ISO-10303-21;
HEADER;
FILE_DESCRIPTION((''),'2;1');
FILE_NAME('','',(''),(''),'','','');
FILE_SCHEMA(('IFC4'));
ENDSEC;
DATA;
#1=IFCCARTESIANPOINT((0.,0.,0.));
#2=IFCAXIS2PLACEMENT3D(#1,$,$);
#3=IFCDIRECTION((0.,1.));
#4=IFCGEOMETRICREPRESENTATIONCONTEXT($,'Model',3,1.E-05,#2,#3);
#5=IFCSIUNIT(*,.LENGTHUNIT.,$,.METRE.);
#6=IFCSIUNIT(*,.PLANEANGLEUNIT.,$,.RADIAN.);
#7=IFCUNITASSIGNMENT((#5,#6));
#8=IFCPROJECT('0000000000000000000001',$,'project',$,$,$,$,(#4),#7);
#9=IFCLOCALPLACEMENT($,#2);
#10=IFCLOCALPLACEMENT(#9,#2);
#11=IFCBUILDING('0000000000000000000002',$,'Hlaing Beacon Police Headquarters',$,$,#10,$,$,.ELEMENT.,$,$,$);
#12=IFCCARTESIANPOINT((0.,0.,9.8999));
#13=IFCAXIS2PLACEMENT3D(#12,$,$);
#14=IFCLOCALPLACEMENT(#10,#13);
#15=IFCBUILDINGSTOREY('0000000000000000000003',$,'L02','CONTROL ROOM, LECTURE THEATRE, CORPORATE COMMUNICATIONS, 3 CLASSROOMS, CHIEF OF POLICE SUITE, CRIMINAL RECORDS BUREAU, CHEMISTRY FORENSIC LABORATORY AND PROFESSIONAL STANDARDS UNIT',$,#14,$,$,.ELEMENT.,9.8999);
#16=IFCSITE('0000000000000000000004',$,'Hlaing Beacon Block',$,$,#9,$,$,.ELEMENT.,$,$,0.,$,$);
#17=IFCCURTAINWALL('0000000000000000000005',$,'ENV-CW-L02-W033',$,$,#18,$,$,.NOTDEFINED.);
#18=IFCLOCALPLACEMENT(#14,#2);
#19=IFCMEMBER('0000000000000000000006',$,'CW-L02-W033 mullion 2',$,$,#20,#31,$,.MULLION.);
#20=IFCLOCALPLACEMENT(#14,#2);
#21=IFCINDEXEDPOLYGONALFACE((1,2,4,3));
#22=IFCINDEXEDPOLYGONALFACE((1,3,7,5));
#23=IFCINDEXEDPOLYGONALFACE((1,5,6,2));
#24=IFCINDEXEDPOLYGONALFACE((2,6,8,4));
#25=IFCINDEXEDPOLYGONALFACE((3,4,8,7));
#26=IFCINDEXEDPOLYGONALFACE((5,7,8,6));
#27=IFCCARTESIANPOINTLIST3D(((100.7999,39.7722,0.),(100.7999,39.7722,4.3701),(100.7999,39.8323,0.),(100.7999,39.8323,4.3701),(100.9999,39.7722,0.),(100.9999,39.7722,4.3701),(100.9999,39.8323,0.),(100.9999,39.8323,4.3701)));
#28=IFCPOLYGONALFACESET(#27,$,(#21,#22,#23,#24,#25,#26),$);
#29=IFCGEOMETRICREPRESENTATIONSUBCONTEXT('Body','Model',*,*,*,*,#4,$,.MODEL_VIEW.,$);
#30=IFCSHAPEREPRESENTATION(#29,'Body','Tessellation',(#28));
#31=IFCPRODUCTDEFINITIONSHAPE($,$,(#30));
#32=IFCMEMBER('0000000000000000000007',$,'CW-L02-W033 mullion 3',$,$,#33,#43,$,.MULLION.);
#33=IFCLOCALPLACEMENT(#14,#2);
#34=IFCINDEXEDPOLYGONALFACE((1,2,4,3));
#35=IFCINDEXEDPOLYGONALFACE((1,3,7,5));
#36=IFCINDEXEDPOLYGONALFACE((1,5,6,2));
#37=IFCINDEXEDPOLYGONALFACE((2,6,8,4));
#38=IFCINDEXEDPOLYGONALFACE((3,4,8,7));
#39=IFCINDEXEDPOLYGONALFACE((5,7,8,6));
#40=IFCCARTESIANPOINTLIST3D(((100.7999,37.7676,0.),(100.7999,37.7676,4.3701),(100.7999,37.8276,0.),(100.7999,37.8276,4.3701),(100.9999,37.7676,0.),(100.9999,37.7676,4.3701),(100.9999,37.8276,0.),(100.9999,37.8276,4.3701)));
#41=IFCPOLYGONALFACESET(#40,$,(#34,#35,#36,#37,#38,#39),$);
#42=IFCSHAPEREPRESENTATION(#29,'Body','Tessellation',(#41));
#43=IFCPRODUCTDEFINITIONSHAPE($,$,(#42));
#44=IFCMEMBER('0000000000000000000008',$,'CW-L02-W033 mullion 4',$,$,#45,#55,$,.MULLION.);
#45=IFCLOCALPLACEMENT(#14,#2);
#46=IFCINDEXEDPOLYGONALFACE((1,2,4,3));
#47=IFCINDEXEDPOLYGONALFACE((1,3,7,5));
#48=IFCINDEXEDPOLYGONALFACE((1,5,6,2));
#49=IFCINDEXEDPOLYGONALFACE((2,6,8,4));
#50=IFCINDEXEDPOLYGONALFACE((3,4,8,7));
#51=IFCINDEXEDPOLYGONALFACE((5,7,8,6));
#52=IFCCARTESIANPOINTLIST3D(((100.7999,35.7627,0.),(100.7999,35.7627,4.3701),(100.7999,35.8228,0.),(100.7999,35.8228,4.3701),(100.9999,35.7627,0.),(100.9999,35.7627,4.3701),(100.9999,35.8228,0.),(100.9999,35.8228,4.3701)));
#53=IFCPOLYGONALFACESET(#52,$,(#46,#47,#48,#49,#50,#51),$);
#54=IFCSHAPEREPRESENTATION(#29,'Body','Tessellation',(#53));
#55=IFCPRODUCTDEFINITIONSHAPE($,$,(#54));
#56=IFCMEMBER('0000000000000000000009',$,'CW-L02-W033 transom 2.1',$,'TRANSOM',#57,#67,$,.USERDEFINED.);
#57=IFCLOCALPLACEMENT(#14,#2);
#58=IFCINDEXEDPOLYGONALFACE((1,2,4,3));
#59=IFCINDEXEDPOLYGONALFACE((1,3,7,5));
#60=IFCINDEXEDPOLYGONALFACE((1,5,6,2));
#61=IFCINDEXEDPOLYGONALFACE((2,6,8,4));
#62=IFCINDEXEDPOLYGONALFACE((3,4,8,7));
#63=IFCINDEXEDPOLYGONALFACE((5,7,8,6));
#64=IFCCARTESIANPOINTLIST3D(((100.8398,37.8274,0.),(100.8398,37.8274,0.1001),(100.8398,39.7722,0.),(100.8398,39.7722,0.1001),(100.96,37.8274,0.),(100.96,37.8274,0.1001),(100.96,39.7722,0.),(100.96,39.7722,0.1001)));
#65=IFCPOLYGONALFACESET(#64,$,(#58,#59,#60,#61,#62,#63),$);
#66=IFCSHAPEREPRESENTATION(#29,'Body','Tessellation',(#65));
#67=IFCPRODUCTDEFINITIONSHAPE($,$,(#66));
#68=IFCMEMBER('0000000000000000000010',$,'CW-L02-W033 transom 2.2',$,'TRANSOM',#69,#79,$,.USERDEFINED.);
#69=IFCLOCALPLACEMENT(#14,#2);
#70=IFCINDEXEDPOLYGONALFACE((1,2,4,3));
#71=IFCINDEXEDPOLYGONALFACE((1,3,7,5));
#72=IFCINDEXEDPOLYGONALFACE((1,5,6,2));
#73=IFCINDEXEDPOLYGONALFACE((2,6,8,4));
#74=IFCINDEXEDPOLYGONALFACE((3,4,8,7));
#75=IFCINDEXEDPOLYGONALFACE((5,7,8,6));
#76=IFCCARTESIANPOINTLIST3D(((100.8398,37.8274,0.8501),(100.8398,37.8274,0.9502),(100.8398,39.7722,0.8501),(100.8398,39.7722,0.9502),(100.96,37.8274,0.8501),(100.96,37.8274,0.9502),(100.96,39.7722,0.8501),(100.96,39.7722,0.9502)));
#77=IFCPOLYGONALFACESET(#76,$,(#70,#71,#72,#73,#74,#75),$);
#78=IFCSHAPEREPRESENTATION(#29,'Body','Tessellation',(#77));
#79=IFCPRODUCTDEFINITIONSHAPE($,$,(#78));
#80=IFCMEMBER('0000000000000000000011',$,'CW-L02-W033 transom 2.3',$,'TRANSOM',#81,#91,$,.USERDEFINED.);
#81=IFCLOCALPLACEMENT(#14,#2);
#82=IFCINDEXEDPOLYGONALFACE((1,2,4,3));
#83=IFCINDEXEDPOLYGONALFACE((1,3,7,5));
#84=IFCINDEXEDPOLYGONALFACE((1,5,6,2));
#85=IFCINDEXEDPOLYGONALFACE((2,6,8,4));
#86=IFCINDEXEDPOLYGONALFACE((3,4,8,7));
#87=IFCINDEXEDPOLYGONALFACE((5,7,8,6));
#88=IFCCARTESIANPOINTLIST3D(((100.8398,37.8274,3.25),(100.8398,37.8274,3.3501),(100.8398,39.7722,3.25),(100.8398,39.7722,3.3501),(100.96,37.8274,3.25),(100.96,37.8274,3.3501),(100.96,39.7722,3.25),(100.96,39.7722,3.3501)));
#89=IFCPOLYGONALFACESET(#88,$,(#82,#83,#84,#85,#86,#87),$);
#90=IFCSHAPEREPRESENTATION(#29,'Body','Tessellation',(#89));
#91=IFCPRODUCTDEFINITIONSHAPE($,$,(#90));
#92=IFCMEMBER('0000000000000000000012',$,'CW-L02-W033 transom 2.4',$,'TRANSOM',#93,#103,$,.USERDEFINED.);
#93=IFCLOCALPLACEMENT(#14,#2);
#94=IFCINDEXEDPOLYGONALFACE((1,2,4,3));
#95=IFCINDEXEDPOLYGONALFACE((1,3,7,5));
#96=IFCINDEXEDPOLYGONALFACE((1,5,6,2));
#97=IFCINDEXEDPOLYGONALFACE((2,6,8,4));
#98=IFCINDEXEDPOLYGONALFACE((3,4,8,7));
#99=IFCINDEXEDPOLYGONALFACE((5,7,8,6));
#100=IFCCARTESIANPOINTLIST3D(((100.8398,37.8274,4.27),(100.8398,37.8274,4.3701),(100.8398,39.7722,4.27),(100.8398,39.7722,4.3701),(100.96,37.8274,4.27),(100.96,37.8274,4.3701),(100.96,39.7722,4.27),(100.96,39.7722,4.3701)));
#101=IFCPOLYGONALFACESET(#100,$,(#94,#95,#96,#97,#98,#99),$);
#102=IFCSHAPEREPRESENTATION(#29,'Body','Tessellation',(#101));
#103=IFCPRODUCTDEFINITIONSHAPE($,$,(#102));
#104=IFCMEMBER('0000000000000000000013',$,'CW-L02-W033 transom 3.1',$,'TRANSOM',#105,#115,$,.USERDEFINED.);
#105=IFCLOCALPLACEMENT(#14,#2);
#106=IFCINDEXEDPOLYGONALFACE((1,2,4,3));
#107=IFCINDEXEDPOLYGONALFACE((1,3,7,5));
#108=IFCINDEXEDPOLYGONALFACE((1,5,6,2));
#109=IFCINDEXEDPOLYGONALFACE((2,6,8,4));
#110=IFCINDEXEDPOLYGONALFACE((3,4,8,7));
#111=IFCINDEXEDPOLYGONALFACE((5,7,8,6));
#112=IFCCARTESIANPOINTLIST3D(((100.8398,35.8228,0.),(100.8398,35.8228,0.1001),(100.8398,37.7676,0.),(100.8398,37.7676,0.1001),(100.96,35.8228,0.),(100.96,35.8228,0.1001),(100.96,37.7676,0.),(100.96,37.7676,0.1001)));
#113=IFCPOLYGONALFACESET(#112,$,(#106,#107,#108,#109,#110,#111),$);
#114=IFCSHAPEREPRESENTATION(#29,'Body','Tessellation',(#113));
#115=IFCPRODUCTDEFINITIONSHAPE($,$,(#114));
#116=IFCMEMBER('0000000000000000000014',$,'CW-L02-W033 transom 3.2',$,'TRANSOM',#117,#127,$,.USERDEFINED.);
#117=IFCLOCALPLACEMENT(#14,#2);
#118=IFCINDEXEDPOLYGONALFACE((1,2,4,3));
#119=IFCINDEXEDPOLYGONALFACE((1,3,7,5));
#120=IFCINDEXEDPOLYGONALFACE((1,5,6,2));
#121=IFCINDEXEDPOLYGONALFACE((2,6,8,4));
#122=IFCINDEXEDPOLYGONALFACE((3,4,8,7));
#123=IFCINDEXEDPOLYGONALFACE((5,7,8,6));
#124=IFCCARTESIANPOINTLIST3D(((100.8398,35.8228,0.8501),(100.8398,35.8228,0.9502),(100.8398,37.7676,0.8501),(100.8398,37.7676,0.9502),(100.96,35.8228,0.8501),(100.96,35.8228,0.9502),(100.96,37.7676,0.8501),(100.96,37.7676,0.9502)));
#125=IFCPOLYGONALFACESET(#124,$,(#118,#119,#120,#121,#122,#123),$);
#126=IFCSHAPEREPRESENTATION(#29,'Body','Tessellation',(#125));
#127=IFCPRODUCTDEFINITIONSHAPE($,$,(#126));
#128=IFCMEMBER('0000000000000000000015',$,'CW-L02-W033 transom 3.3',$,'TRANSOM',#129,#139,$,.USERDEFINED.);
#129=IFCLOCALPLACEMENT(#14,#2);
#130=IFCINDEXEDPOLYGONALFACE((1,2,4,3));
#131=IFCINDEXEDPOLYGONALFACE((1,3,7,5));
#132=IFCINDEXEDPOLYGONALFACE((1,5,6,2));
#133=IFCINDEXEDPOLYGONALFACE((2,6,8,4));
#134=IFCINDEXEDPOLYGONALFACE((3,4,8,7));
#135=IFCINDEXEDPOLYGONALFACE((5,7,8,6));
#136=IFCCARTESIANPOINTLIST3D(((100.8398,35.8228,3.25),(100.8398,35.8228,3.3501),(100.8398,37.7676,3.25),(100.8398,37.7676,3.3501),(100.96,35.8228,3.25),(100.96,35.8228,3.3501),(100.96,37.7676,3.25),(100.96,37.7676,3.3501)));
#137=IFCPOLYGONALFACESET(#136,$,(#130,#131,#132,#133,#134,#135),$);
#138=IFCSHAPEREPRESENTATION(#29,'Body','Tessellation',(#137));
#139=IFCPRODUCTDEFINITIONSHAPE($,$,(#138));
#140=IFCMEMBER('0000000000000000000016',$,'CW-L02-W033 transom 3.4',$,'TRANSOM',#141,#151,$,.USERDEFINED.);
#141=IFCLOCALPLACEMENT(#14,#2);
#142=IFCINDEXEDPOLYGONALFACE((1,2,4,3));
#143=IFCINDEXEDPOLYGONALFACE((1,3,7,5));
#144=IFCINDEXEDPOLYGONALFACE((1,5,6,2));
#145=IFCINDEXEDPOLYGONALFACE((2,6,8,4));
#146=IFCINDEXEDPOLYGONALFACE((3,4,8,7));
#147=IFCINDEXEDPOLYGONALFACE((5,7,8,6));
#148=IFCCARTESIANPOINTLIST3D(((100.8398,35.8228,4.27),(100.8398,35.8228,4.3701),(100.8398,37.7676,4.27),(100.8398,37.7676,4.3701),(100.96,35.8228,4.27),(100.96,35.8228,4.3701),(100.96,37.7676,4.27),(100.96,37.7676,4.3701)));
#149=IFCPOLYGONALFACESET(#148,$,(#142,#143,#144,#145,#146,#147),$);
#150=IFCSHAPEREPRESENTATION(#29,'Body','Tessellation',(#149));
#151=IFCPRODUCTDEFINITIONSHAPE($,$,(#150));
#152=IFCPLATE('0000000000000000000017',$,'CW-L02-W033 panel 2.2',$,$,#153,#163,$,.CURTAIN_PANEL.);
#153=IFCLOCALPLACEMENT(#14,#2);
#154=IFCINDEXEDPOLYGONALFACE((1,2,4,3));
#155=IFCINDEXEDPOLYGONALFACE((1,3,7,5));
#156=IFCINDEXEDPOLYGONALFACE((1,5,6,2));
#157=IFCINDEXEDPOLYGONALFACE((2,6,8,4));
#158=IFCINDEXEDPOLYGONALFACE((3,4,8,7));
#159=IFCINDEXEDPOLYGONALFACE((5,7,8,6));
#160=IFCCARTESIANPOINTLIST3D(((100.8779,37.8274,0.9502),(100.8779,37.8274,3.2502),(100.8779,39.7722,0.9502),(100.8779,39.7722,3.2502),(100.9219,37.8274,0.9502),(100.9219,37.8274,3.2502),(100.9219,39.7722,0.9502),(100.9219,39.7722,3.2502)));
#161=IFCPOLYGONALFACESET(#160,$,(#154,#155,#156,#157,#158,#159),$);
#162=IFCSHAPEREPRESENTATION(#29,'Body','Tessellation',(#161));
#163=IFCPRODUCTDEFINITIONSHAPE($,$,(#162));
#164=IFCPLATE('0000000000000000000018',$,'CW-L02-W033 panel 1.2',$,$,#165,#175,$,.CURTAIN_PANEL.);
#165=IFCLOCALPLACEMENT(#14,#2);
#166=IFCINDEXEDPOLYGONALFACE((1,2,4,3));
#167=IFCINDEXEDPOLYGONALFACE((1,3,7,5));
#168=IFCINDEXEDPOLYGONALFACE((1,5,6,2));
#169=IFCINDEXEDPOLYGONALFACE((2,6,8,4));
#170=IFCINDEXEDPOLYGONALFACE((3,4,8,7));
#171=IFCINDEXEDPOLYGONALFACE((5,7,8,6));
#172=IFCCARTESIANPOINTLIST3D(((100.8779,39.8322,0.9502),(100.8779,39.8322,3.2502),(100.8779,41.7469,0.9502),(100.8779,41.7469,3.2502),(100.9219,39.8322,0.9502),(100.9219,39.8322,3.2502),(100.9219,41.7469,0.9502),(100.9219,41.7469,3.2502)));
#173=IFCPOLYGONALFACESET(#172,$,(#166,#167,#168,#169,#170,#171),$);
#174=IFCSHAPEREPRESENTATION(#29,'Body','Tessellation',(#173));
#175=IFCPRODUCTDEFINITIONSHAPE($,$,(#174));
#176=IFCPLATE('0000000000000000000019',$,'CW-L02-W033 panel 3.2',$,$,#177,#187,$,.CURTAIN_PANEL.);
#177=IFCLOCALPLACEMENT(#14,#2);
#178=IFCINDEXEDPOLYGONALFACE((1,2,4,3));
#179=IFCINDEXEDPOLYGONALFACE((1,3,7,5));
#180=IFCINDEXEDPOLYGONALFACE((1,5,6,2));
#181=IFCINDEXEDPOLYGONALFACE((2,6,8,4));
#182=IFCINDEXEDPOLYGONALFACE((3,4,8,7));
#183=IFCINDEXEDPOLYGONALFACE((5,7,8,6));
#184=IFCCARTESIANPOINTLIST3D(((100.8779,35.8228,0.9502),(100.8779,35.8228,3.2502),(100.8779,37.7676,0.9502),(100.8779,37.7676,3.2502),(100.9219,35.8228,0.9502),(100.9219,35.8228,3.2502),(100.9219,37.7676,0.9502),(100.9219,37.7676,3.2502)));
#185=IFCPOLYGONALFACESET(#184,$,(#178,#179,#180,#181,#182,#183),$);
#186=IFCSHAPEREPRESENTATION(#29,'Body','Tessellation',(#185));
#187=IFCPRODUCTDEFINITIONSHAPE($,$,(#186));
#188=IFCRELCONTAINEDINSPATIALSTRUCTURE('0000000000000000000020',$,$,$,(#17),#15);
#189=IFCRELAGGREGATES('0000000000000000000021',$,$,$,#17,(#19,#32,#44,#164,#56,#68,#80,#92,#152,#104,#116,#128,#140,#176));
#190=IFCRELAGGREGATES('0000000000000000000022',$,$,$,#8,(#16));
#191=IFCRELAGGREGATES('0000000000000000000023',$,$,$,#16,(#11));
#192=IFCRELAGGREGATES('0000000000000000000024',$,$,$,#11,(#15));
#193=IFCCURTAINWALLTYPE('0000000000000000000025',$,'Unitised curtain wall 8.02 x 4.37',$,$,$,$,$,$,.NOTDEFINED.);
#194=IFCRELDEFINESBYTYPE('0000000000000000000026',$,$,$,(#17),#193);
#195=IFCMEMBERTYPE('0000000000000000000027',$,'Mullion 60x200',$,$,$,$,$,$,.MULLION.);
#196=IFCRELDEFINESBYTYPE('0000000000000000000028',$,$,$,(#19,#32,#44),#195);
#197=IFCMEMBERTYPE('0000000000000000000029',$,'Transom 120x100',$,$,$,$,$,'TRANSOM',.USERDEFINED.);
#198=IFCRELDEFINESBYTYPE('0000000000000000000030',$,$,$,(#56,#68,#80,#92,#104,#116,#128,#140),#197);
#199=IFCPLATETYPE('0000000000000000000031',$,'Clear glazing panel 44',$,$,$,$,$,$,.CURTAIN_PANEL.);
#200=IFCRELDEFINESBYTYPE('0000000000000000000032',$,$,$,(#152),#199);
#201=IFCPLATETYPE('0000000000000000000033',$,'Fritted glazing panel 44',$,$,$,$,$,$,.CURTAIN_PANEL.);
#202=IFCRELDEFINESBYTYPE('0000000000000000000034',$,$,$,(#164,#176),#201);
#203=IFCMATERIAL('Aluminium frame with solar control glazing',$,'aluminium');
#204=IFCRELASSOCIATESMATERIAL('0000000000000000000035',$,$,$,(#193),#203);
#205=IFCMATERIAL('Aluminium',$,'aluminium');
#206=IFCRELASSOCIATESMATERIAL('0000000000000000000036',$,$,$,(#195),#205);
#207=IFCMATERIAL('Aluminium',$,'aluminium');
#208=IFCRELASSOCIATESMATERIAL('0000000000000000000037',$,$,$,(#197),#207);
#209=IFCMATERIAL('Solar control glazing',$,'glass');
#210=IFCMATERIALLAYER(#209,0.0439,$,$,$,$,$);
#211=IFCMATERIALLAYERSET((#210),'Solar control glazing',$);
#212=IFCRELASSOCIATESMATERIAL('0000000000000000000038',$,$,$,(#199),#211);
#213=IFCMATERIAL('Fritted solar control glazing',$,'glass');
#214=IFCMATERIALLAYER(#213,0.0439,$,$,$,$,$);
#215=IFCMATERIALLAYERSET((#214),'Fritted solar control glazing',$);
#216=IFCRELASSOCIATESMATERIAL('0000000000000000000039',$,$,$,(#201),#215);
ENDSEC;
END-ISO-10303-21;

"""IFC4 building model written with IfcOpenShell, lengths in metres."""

from ifc_helpers import new_model, si_unit, direction, frame, origin, origin_2d, place, context, subcontext, project, spatial, rectangle, extrude, material, layer, layer_set, material_profile, profile_set, type_object, element, aggregate, save


model = new_model("IFC4")

# Units and contexts
model_context = context("Model", 3, precision=1e-05, world=origin(), true_north=direction((0.0, 1.0)))
body_context = subcontext(model_context, "Body", "Model", "MODEL_VIEW")
ifc_project = project(units=[si_unit("LENGTHUNIT", "METRE"), si_unit("PLANEANGLEUNIT", "RADIAN")], contexts=[model_context])

# Site, building, storey
site_placement = place(None, origin())
site = spatial("IfcSite", under=ifc_project, at=site_placement, Name="Hlaing Beacon Block", CompositionType="ELEMENT", RefElevation=0.0)
building_placement = place(site_placement, origin())
building = spatial("IfcBuilding", under=site, at=building_placement, Name="Hlaing Beacon Police Headquarters", CompositionType="ELEMENT")
storey_placement = place(building_placement, frame((0.0, 0.0, 9.8999)))
storey = spatial("IfcBuildingStorey", under=building, at=storey_placement, Name="L02", Description="CONTROL ROOM, LECTURE THEATRE, CORPORATE COMMUNICATIONS, 3 CLASSROOMS, CHIEF OF POLICE SUITE, CRIMINAL RECORDS BUREAU, CHEMISTRY FORENSIC LABORATORY AND PROFESSIONAL STANDARDS UNIT", CompositionType="ELEMENT", Elevation=9.8999)

# Curtain wall, members, plates
ifc_material_1 = material(Name="Aluminium frame with solar control glazing", Category="aluminium")
curtain_wall_type = type_object("IfcCurtainWallType", Name="Unitised curtain wall 8.02 x 4.37", PredefinedType="NOTDEFINED", material=ifc_material_1)
curtain_wall_placement = place(storey_placement, origin())
curtain_wall = element("IfcCurtainWall", 1, at=curtain_wall_placement, inside=storey, type_object=curtain_wall_type, Name="ENV-CW-L02-W033", PredefinedType="NOTDEFINED")
ifc_material_2 = material(Name="Aluminium", Category="aluminium")
ifc_material_profile_1 = material_profile(ifc_material_2, rectangle(XDim=0.2, YDim=0.0601, at=origin_2d()), Name="Mullion 60x200")
ifc_profile_set_1 = profile_set([ifc_material_profile_1], Name="Aluminium")
member_type_1 = type_object("IfcMemberType", Name="Mullion 60x200", PredefinedType="MULLION", material=ifc_profile_set_1)
member_1_placement = place(storey_placement, frame((100.8999, 39.8022, 0.0), z_axis=(0.0, 0.0, 1.0), x_axis=(1.0, 0.0, 0.0)))
member_1 = element("IfcMember", 2, at=member_1_placement, type_object=member_type_1, Name="CW-L02-W033 mullion 2", PredefinedType="MULLION", context=body_context, shape_type="SweptSolid", body=[
    extrude(rectangle(XDim=0.2, YDim=0.0601, at=origin_2d()), origin(), (0.0, 0.0, 1.0), 4.3701),
])
member_2_placement = place(storey_placement, frame((100.8999, 37.7976, 0.0), z_axis=(0.0, 0.0, 1.0), x_axis=(1.0, 0.0, 0.0)))
member_2 = element("IfcMember", 3, at=member_2_placement, type_object=member_type_1, Name="CW-L02-W033 mullion 3", PredefinedType="MULLION", context=body_context, shape_type="SweptSolid", body=[
    extrude(rectangle(XDim=0.2, YDim=0.0601, at=origin_2d()), origin(), (0.0, 0.0, 1.0), 4.3701),
])
member_3_placement = place(storey_placement, frame((100.8999, 35.7927, 0.0), z_axis=(0.0, 0.0, 1.0), x_axis=(1.0, 0.0, 0.0)))
member_3 = element("IfcMember", 4, at=member_3_placement, type_object=member_type_1, Name="CW-L02-W033 mullion 4", PredefinedType="MULLION", context=body_context, shape_type="SweptSolid", body=[
    extrude(rectangle(XDim=0.2, YDim=0.0601, at=origin_2d()), origin(), (0.0, 0.0, 1.0), 4.3701),
])
ifc_material_3 = material(Name="Aluminium", Category="aluminium")
ifc_material_profile_2 = material_profile(ifc_material_3, rectangle(XDim=0.1201, YDim=0.1001, at=origin_2d()), Name="Transom 120x100")
ifc_profile_set_2 = profile_set([ifc_material_profile_2], Name="Aluminium")
member_type_2 = type_object("IfcMemberType", Name="Transom 120x100", ElementType="TRANSOM", PredefinedType="USERDEFINED", material=ifc_profile_set_2)
member_4_placement = place(storey_placement, frame((100.8999, 39.7722, 0.05), z_axis=(0.0, -1.0, 0.0), x_axis=(1.0, 0.0, 0.0)))
member_4 = element("IfcMember", 5, at=member_4_placement, type_object=member_type_2, Name="CW-L02-W033 transom 2.1", ObjectType="TRANSOM", PredefinedType="USERDEFINED", context=body_context, shape_type="SweptSolid", body=[
    extrude(rectangle(XDim=0.1201, YDim=0.1001, at=origin_2d()), origin(), (0.0, 0.0, 1.0), 1.9448),
])
member_5_placement = place(storey_placement, frame((100.8999, 39.7722, 0.9001), z_axis=(0.0, -1.0, 0.0), x_axis=(1.0, 0.0, 0.0)))
member_5 = element("IfcMember", 6, at=member_5_placement, type_object=member_type_2, Name="CW-L02-W033 transom 2.2", ObjectType="TRANSOM", PredefinedType="USERDEFINED", context=body_context, shape_type="SweptSolid", body=[
    extrude(rectangle(XDim=0.1201, YDim=0.1001, at=origin_2d()), origin(), (0.0, 0.0, 1.0), 1.9448),
])
member_6_placement = place(storey_placement, frame((100.8999, 39.7722, 3.3), z_axis=(0.0, -1.0, 0.0), x_axis=(1.0, 0.0, 0.0)))
member_6 = element("IfcMember", 7, at=member_6_placement, type_object=member_type_2, Name="CW-L02-W033 transom 2.3", ObjectType="TRANSOM", PredefinedType="USERDEFINED", context=body_context, shape_type="SweptSolid", body=[
    extrude(rectangle(XDim=0.1201, YDim=0.1001, at=origin_2d()), origin(), (0.0, 0.0, 1.0), 1.9448),
])
member_7_placement = place(storey_placement, frame((100.8999, 39.7722, 4.3201), z_axis=(0.0, -1.0, 0.0), x_axis=(1.0, 0.0, 0.0)))
member_7 = element("IfcMember", 8, at=member_7_placement, type_object=member_type_2, Name="CW-L02-W033 transom 2.4", ObjectType="TRANSOM", PredefinedType="USERDEFINED", context=body_context, shape_type="SweptSolid", body=[
    extrude(rectangle(XDim=0.1201, YDim=0.1001, at=origin_2d()), origin(), (0.0, 0.0, 1.0), 1.9448),
])
member_8_placement = place(storey_placement, frame((100.8999, 37.7676, 0.05), z_axis=(0.0, -1.0, 0.0), x_axis=(1.0, 0.0, 0.0)))
member_8 = element("IfcMember", 9, at=member_8_placement, type_object=member_type_2, Name="CW-L02-W033 transom 3.1", ObjectType="TRANSOM", PredefinedType="USERDEFINED", context=body_context, shape_type="SweptSolid", body=[
    extrude(rectangle(XDim=0.1201, YDim=0.1001, at=origin_2d()), origin(), (0.0, 0.0, 1.0), 1.9448),
])
member_9_placement = place(storey_placement, frame((100.8999, 37.7676, 0.9001), z_axis=(0.0, -1.0, 0.0), x_axis=(1.0, 0.0, 0.0)))
member_9 = element("IfcMember", 10, at=member_9_placement, type_object=member_type_2, Name="CW-L02-W033 transom 3.2", ObjectType="TRANSOM", PredefinedType="USERDEFINED", context=body_context, shape_type="SweptSolid", body=[
    extrude(rectangle(XDim=0.1201, YDim=0.1001, at=origin_2d()), origin(), (0.0, 0.0, 1.0), 1.9448),
])
member_10_placement = place(storey_placement, frame((100.8999, 37.7676, 3.3), z_axis=(0.0, -1.0, 0.0), x_axis=(1.0, 0.0, 0.0)))
member_10 = element("IfcMember", 11, at=member_10_placement, type_object=member_type_2, Name="CW-L02-W033 transom 3.3", ObjectType="TRANSOM", PredefinedType="USERDEFINED", context=body_context, shape_type="SweptSolid", body=[
    extrude(rectangle(XDim=0.1201, YDim=0.1001, at=origin_2d()), origin(), (0.0, 0.0, 1.0), 1.9448),
])
member_11_placement = place(storey_placement, frame((100.8999, 37.7676, 4.3201), z_axis=(0.0, -1.0, 0.0), x_axis=(1.0, 0.0, 0.0)))
member_11 = element("IfcMember", 12, at=member_11_placement, type_object=member_type_2, Name="CW-L02-W033 transom 3.4", ObjectType="TRANSOM", PredefinedType="USERDEFINED", context=body_context, shape_type="SweptSolid", body=[
    extrude(rectangle(XDim=0.1201, YDim=0.1001, at=origin_2d()), origin(), (0.0, 0.0, 1.0), 1.9448),
])
ifc_material_4 = material(Name="Solar control glazing", Category="glass")
ifc_layer_1 = layer(ifc_material_4, 0.0439)
ifc_layer_set_1 = layer_set([ifc_layer_1], Name="Solar control glazing")
plate_type_1 = type_object("IfcPlateType", Name="Clear glazing panel 44", PredefinedType="CURTAIN_PANEL", material=ifc_layer_set_1)
plate_1_placement = place(storey_placement, frame((100.8999, 38.7998, 0.9502), z_axis=(0.0, 0.0, 1.0), x_axis=(0.0, -1.0, 0.0)))
plate_1 = element("IfcPlate", 13, at=plate_1_placement, type_object=plate_type_1, Name="CW-L02-W033 panel 2.2", PredefinedType="CURTAIN_PANEL", context=body_context, shape_type="SweptSolid", body=[
    extrude(rectangle(XDim=1.9448, YDim=0.0439, at=origin_2d()), origin(), (0.0, 0.0, 1.0), 2.3),
])
ifc_material_5 = material(Name="Fritted solar control glazing", Category="glass")
ifc_layer_2 = layer(ifc_material_5, 0.0439)
ifc_layer_set_2 = layer_set([ifc_layer_2], Name="Fritted solar control glazing")
plate_type_2 = type_object("IfcPlateType", Name="Fritted glazing panel 44", PredefinedType="CURTAIN_PANEL", material=ifc_layer_set_2)
plate_2_placement = place(storey_placement, frame((100.8999, 40.7896, 0.9502), z_axis=(0.0, 0.0, 1.0), x_axis=(0.0, -1.0, 0.0)))
plate_2 = element("IfcPlate", 14, at=plate_2_placement, type_object=plate_type_2, Name="CW-L02-W033 panel 1.2", PredefinedType="CURTAIN_PANEL", context=body_context, shape_type="SweptSolid", body=[
    extrude(rectangle(XDim=1.9148, YDim=0.0439, at=origin_2d()), origin(), (0.0, 0.0, 1.0), 2.3),
])
plate_3_placement = place(storey_placement, frame((100.8999, 36.7952, 0.9502), z_axis=(0.0, 0.0, 1.0), x_axis=(0.0, -1.0, 0.0)))
plate_3 = element("IfcPlate", 15, at=plate_3_placement, type_object=plate_type_2, Name="CW-L02-W033 panel 3.2", PredefinedType="CURTAIN_PANEL", context=body_context, shape_type="SweptSolid", body=[
    extrude(rectangle(XDim=1.9448, YDim=0.0439, at=origin_2d()), origin(), (0.0, 0.0, 1.0), 2.3),
])
aggregate(curtain_wall, [member_1, member_2, member_3, plate_2, member_4, member_5, member_6, member_7, plate_1, member_8, member_9, member_10, member_11, plate_3])

save(model, "model.ifc")
